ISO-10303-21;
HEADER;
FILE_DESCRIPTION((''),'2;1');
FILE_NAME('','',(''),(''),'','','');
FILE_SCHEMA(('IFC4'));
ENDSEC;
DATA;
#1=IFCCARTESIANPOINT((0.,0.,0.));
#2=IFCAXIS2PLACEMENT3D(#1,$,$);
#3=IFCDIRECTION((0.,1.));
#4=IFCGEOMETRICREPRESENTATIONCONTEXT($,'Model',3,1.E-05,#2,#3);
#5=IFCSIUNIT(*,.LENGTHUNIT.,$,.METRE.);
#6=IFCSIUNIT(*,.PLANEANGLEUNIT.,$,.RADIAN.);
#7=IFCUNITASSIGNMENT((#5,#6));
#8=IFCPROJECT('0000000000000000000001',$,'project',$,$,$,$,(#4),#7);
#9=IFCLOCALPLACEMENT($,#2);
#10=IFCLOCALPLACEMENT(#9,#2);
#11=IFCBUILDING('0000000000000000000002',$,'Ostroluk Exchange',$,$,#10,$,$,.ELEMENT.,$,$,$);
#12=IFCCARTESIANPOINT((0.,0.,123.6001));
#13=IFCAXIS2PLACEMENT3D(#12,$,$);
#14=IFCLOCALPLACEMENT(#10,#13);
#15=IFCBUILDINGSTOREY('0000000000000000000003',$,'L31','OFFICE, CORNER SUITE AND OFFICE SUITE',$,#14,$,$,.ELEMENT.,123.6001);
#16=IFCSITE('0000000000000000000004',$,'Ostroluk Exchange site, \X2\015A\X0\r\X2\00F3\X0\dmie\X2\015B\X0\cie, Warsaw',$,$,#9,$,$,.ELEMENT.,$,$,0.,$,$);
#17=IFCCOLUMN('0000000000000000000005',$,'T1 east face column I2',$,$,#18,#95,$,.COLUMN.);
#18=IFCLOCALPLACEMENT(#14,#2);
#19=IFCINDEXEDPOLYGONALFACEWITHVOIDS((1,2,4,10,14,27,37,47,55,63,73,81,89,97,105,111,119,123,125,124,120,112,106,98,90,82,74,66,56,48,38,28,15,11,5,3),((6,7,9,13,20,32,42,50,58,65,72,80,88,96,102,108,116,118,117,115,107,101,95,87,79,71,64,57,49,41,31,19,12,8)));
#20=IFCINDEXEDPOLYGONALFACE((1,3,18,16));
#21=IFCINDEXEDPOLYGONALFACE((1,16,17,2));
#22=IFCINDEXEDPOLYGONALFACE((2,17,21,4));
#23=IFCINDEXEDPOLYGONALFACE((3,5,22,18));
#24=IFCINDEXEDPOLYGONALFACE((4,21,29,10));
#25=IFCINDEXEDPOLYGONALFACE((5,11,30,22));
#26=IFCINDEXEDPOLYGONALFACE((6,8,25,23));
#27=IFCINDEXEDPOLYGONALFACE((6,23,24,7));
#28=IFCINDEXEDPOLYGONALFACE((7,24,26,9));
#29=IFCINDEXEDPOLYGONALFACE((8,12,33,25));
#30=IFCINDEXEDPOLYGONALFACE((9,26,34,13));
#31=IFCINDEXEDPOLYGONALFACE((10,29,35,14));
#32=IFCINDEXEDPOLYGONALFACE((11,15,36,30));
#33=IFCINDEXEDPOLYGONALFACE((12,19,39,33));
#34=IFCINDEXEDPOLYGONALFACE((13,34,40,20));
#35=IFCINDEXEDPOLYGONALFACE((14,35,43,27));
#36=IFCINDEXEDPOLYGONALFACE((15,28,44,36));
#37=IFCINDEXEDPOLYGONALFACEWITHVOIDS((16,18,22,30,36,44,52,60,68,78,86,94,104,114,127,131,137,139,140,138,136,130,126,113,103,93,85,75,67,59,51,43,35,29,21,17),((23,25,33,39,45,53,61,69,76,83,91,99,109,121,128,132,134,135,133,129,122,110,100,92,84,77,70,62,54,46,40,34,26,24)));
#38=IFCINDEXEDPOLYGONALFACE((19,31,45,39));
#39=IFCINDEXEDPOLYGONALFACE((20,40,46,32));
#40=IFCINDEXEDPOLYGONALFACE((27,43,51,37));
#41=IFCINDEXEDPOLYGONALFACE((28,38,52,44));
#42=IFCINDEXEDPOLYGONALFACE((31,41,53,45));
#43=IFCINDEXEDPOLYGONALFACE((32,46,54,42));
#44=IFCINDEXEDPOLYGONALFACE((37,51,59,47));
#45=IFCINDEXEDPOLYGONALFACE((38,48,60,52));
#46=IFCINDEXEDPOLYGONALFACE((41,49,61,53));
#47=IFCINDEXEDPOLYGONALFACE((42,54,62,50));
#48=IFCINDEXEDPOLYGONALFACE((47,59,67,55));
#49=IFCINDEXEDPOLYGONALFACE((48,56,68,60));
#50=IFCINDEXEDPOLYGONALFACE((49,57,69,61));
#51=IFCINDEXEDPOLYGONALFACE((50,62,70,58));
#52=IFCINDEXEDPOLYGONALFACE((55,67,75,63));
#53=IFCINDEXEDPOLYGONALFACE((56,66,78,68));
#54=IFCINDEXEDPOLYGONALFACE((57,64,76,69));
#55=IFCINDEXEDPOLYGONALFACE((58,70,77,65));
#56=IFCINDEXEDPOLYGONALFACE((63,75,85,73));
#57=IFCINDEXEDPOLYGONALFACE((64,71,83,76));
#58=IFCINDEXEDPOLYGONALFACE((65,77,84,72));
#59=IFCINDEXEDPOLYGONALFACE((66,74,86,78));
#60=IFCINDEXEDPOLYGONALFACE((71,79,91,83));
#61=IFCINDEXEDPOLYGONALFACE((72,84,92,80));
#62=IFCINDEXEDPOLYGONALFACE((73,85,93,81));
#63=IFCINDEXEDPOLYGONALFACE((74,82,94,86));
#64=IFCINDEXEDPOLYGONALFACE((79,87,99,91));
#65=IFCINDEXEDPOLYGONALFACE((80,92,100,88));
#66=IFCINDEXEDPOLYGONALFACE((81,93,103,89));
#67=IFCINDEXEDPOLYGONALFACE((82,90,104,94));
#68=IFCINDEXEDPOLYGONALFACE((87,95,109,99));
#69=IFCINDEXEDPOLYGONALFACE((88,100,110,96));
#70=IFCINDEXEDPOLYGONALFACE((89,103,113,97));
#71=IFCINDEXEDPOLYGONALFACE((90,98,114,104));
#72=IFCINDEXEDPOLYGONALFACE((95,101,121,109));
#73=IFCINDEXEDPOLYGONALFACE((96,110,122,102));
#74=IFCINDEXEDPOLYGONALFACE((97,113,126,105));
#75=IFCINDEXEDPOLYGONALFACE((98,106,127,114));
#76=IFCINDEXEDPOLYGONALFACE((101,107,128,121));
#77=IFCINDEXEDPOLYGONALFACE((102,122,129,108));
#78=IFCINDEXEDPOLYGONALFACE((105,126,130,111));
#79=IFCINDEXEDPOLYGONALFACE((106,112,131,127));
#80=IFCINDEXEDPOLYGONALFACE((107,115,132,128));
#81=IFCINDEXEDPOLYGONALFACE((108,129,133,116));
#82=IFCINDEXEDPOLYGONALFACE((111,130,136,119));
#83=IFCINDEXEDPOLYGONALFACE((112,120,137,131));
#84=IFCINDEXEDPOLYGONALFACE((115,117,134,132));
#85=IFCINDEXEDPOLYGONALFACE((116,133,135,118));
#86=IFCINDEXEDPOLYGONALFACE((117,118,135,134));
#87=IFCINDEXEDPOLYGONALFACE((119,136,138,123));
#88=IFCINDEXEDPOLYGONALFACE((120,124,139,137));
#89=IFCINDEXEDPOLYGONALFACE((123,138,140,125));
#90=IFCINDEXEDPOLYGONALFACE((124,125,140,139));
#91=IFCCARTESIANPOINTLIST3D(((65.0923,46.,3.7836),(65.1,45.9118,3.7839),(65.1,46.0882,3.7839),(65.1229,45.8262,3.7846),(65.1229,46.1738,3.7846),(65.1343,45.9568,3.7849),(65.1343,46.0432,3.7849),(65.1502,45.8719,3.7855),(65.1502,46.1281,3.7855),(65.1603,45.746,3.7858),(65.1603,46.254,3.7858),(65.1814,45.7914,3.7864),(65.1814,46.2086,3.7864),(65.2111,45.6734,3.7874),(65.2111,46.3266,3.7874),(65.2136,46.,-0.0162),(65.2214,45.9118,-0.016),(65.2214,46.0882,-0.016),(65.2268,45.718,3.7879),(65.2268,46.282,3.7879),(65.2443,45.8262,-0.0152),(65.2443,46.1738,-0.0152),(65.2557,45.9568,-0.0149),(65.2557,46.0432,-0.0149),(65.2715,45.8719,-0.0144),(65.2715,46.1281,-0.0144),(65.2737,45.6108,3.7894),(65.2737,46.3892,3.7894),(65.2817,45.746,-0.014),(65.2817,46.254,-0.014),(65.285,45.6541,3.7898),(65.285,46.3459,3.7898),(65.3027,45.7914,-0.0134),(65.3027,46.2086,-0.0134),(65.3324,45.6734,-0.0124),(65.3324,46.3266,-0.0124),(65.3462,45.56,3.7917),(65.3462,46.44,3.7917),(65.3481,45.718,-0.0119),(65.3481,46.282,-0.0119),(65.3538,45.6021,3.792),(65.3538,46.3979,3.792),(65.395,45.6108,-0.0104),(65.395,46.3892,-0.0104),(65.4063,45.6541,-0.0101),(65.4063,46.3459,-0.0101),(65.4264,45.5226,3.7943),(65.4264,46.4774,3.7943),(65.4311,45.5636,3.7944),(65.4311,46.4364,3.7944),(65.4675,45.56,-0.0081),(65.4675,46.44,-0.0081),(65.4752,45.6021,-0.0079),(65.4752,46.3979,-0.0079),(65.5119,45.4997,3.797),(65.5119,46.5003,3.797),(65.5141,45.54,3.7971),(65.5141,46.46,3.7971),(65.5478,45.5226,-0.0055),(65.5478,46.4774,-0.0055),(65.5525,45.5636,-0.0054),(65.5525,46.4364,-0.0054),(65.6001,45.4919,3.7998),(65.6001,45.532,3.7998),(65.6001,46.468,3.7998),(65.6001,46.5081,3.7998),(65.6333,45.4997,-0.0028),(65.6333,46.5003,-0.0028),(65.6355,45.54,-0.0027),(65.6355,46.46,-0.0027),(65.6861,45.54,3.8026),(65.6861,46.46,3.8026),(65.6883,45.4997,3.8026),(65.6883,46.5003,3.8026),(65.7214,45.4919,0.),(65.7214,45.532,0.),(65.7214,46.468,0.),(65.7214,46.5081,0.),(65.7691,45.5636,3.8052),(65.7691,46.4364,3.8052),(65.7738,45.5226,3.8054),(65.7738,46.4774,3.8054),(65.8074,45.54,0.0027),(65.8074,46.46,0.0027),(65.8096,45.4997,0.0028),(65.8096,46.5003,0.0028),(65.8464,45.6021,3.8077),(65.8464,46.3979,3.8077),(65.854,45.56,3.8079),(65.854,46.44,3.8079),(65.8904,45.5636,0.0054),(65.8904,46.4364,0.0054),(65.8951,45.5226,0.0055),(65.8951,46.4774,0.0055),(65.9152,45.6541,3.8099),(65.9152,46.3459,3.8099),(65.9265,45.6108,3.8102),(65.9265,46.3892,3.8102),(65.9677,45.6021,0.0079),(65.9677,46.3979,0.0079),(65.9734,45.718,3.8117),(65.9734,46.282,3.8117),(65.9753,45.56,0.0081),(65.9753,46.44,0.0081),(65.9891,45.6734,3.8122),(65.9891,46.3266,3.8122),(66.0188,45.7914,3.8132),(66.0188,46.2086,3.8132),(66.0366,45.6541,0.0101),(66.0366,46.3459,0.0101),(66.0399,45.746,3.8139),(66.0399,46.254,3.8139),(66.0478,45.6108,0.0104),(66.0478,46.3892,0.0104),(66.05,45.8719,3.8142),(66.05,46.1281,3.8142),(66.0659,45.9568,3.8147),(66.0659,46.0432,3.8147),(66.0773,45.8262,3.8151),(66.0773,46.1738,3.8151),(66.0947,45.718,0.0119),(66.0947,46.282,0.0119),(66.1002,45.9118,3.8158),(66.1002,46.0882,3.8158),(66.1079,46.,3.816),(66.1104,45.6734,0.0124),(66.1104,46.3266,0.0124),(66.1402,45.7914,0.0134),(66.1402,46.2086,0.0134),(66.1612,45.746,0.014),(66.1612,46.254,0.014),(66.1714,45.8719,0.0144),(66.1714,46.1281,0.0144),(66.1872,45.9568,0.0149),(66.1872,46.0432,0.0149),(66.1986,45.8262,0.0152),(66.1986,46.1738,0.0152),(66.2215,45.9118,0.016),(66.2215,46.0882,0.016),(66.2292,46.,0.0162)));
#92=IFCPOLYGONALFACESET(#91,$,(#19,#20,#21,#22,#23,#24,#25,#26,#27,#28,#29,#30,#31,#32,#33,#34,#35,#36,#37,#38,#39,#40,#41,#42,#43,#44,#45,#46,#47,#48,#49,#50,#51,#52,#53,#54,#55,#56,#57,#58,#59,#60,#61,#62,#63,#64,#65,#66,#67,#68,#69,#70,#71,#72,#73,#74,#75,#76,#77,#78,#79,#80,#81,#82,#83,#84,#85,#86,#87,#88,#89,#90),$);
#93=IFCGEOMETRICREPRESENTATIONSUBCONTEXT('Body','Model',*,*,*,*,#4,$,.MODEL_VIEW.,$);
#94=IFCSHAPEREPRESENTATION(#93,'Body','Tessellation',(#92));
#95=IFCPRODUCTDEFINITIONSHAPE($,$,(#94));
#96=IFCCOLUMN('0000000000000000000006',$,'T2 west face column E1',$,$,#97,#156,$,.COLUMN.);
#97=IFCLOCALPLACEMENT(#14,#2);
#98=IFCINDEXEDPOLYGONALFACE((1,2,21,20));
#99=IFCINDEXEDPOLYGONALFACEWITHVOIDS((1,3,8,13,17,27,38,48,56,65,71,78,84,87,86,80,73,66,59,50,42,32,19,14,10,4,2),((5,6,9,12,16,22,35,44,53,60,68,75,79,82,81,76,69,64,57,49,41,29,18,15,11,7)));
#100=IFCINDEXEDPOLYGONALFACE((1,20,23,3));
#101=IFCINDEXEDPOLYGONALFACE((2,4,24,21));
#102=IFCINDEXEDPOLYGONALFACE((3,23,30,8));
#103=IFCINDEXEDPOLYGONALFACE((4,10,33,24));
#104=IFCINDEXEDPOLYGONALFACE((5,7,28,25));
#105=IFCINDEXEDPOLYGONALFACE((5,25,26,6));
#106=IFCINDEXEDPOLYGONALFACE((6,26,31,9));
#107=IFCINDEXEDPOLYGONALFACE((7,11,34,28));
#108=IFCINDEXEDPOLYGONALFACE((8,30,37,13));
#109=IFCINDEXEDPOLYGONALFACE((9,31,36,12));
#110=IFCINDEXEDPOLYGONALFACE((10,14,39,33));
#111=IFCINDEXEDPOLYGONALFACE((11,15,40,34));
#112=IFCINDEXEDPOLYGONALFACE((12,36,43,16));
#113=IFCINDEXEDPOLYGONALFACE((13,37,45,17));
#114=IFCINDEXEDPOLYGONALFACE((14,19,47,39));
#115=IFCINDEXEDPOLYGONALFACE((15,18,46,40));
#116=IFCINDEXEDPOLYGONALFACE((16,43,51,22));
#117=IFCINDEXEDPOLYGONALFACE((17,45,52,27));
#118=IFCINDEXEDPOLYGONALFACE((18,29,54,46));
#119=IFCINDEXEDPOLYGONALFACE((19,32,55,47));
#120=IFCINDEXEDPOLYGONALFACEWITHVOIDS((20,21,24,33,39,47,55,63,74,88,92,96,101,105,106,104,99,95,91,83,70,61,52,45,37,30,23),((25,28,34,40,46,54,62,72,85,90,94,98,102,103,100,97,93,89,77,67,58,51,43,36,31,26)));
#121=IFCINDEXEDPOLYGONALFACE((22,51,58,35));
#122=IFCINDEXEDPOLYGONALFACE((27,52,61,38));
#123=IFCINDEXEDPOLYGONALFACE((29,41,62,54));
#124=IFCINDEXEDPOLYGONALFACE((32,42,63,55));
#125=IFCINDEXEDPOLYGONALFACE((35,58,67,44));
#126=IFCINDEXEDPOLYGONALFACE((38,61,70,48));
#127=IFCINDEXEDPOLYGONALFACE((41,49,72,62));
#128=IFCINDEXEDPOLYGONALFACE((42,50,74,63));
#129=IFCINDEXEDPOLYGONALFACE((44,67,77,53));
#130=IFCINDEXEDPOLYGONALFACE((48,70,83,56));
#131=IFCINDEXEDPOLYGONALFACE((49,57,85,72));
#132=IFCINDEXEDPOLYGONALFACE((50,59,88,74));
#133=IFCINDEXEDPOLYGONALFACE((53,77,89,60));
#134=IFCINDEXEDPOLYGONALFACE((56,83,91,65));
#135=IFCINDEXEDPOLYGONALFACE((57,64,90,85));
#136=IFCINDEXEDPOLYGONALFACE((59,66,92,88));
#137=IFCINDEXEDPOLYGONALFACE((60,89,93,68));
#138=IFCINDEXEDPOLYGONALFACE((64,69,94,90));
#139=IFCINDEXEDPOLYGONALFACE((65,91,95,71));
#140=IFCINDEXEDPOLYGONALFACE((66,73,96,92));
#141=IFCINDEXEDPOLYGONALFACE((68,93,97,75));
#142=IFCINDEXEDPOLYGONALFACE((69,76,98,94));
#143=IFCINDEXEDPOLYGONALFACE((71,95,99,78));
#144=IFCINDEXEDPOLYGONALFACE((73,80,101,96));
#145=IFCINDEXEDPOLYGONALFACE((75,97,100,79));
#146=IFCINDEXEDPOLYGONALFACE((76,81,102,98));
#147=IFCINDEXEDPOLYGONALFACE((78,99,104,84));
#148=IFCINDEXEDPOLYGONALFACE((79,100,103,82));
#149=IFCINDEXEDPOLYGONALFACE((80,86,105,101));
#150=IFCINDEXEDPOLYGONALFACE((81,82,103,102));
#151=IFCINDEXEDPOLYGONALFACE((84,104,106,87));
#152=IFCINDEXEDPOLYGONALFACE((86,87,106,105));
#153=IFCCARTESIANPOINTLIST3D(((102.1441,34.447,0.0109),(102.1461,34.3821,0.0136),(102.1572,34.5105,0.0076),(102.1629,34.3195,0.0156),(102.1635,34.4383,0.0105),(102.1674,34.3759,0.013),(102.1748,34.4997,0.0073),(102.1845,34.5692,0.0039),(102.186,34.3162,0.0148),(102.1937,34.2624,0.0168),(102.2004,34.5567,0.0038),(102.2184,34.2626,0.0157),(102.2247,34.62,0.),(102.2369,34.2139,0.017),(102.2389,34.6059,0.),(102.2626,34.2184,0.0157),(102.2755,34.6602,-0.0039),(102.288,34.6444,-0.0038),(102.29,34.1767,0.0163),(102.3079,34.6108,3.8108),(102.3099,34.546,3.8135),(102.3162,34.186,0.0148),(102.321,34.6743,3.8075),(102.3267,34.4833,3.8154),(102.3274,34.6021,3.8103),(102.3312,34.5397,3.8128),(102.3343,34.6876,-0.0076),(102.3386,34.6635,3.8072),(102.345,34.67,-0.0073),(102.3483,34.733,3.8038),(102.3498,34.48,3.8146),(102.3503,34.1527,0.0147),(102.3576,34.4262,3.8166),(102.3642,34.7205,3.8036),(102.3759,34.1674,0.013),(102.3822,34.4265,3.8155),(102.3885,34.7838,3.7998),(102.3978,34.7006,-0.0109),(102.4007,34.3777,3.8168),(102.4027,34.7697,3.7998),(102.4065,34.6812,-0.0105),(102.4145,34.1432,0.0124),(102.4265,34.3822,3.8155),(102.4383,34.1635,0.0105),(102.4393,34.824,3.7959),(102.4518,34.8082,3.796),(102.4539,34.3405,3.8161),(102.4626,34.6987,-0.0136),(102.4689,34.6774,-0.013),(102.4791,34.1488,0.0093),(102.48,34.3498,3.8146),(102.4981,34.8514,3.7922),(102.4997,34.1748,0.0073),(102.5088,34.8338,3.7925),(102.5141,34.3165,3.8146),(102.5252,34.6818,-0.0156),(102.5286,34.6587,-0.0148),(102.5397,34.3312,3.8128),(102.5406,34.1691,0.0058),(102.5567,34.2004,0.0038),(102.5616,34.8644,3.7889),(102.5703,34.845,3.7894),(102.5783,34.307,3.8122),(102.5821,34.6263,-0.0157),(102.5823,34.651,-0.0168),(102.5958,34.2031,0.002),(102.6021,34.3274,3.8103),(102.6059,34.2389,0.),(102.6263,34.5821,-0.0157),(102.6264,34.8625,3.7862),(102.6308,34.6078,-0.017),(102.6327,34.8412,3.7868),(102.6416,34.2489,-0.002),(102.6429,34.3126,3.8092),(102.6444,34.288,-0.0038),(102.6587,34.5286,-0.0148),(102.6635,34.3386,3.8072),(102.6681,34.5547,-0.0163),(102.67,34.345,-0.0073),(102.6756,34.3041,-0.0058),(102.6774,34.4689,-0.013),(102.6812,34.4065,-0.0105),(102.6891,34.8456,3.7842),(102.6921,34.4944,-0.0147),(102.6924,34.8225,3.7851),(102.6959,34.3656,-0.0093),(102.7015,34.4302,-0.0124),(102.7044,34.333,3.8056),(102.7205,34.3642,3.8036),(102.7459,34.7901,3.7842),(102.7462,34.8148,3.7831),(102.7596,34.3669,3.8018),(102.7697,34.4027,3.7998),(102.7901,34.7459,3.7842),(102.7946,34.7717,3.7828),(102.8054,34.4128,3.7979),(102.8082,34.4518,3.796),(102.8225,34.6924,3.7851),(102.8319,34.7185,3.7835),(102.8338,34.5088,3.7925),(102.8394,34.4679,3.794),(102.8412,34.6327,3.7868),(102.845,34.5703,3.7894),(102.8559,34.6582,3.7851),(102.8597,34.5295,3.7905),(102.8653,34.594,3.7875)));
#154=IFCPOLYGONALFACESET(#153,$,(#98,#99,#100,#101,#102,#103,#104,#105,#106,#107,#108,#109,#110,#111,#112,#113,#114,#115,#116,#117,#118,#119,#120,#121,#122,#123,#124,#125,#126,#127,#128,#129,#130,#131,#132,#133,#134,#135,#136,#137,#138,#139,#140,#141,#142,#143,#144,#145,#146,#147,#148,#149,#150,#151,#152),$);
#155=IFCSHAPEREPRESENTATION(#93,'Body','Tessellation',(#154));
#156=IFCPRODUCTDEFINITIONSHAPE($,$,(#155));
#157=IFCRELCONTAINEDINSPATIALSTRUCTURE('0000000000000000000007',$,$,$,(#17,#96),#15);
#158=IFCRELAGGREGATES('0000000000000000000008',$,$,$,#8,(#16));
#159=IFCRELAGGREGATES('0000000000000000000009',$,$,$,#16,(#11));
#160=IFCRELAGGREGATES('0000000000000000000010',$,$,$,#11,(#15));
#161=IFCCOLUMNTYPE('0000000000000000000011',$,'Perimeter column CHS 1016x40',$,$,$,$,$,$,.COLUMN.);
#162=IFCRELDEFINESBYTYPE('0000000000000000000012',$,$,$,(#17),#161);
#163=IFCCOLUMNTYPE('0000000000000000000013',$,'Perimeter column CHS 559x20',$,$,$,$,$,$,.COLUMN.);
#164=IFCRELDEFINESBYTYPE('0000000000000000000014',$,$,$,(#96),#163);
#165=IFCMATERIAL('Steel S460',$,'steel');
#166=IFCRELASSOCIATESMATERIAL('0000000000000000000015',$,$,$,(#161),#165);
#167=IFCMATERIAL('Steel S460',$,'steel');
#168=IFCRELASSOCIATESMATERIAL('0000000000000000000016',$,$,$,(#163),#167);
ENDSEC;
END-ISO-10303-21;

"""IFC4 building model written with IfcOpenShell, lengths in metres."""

from ifc_helpers import new_model, si_unit, direction, frame, origin, origin_2d, place, context, subcontext, project, spatial, hollow_circle, extrude, material, material_profile, profile_set, type_object, element, save


model = new_model("IFC4")

# Units and contexts
model_context = context("Model", 3, precision=1e-05, world=origin(), true_north=direction((0.0, 1.0)))
body_context = subcontext(model_context, "Body", "Model", "MODEL_VIEW")
ifc_project = project(units=[si_unit("LENGTHUNIT", "METRE"), si_unit("PLANEANGLEUNIT", "RADIAN")], contexts=[model_context])

# Site, building, storey
site_placement = place(None, origin())
site = spatial("IfcSite", under=ifc_project, at=site_placement, Name="Ostroluk Exchange site, Śródmieście, Warsaw", CompositionType="ELEMENT", RefElevation=0.0)
building_placement = place(site_placement, origin())
building = spatial("IfcBuilding", under=site, at=building_placement, Name="Ostroluk Exchange", CompositionType="ELEMENT")
storey_placement = place(building_placement, frame((0.0, 0.0, 123.6001)))
storey = spatial("IfcBuildingStorey", under=building, at=storey_placement, Name="L31", Description="OFFICE, CORNER SUITE AND OFFICE SUITE", CompositionType="ELEMENT", Elevation=123.6001)

# Columns
ifc_material_1 = material(Name="Steel S460", Category="steel")
ifc_material_profile_1 = material_profile(ifc_material_1, hollow_circle(Radius=0.5081, WallThickness=0.04, at=origin_2d()), Name="CHS 1016x40")
ifc_profile_set_1 = profile_set([ifc_material_profile_1], Name="Steel S460")
column_type_1 = type_object("IfcColumnType", Name="Perimeter column CHS 1016x40", PredefinedType="COLUMN", material=ifc_profile_set_1)
column_1_placement = place(storey_placement, frame((65.7214, 46.0, 0.0), z_axis=(-0.031916, 0.0, 0.999491), x_axis=(0.0, -1.0, 0.0)))
element("IfcColumn", 1, at=column_1_placement, inside=storey, type_object=column_type_1, Name="T1 east face column I2", PredefinedType="COLUMN", context=body_context, shape_type="SweptSolid", body=[
    extrude(hollow_circle(Radius=0.5081, WallThickness=0.04, at=origin_2d()), origin(), (0.0, 0.0, 1.0), 3.8018),
])
ifc_material_2 = material(Name="Steel S460", Category="steel")
ifc_material_profile_2 = material_profile(ifc_material_2, hollow_circle(Radius=0.2795, WallThickness=0.02, at=origin_2d()), Name="CHS 559x20")
ifc_profile_set_2 = profile_set([ifc_material_profile_2], Name="Steel S460")
column_type_2 = type_object("IfcColumnType", Name="Perimeter column CHS 559x20", PredefinedType="COLUMN", material=ifc_profile_set_2)
column_2_placement = place(storey_placement, frame((102.4224, 34.4224, 0.0), z_axis=(0.043032, 0.043032, 0.998146), x_axis=(-0.707107, 0.707107, 0.0)))
element("IfcColumn", 2, at=column_2_placement, inside=storey, type_object=column_type_2, Name="T2 west face column E1", PredefinedType="COLUMN", context=body_context, shape_type="SweptSolid", body=[
    extrude(hollow_circle(Radius=0.2795, WallThickness=0.02, at=origin_2d()), origin(), (0.0, 0.0, 1.0), 3.8069),
])

save(model, "model.ifc")
